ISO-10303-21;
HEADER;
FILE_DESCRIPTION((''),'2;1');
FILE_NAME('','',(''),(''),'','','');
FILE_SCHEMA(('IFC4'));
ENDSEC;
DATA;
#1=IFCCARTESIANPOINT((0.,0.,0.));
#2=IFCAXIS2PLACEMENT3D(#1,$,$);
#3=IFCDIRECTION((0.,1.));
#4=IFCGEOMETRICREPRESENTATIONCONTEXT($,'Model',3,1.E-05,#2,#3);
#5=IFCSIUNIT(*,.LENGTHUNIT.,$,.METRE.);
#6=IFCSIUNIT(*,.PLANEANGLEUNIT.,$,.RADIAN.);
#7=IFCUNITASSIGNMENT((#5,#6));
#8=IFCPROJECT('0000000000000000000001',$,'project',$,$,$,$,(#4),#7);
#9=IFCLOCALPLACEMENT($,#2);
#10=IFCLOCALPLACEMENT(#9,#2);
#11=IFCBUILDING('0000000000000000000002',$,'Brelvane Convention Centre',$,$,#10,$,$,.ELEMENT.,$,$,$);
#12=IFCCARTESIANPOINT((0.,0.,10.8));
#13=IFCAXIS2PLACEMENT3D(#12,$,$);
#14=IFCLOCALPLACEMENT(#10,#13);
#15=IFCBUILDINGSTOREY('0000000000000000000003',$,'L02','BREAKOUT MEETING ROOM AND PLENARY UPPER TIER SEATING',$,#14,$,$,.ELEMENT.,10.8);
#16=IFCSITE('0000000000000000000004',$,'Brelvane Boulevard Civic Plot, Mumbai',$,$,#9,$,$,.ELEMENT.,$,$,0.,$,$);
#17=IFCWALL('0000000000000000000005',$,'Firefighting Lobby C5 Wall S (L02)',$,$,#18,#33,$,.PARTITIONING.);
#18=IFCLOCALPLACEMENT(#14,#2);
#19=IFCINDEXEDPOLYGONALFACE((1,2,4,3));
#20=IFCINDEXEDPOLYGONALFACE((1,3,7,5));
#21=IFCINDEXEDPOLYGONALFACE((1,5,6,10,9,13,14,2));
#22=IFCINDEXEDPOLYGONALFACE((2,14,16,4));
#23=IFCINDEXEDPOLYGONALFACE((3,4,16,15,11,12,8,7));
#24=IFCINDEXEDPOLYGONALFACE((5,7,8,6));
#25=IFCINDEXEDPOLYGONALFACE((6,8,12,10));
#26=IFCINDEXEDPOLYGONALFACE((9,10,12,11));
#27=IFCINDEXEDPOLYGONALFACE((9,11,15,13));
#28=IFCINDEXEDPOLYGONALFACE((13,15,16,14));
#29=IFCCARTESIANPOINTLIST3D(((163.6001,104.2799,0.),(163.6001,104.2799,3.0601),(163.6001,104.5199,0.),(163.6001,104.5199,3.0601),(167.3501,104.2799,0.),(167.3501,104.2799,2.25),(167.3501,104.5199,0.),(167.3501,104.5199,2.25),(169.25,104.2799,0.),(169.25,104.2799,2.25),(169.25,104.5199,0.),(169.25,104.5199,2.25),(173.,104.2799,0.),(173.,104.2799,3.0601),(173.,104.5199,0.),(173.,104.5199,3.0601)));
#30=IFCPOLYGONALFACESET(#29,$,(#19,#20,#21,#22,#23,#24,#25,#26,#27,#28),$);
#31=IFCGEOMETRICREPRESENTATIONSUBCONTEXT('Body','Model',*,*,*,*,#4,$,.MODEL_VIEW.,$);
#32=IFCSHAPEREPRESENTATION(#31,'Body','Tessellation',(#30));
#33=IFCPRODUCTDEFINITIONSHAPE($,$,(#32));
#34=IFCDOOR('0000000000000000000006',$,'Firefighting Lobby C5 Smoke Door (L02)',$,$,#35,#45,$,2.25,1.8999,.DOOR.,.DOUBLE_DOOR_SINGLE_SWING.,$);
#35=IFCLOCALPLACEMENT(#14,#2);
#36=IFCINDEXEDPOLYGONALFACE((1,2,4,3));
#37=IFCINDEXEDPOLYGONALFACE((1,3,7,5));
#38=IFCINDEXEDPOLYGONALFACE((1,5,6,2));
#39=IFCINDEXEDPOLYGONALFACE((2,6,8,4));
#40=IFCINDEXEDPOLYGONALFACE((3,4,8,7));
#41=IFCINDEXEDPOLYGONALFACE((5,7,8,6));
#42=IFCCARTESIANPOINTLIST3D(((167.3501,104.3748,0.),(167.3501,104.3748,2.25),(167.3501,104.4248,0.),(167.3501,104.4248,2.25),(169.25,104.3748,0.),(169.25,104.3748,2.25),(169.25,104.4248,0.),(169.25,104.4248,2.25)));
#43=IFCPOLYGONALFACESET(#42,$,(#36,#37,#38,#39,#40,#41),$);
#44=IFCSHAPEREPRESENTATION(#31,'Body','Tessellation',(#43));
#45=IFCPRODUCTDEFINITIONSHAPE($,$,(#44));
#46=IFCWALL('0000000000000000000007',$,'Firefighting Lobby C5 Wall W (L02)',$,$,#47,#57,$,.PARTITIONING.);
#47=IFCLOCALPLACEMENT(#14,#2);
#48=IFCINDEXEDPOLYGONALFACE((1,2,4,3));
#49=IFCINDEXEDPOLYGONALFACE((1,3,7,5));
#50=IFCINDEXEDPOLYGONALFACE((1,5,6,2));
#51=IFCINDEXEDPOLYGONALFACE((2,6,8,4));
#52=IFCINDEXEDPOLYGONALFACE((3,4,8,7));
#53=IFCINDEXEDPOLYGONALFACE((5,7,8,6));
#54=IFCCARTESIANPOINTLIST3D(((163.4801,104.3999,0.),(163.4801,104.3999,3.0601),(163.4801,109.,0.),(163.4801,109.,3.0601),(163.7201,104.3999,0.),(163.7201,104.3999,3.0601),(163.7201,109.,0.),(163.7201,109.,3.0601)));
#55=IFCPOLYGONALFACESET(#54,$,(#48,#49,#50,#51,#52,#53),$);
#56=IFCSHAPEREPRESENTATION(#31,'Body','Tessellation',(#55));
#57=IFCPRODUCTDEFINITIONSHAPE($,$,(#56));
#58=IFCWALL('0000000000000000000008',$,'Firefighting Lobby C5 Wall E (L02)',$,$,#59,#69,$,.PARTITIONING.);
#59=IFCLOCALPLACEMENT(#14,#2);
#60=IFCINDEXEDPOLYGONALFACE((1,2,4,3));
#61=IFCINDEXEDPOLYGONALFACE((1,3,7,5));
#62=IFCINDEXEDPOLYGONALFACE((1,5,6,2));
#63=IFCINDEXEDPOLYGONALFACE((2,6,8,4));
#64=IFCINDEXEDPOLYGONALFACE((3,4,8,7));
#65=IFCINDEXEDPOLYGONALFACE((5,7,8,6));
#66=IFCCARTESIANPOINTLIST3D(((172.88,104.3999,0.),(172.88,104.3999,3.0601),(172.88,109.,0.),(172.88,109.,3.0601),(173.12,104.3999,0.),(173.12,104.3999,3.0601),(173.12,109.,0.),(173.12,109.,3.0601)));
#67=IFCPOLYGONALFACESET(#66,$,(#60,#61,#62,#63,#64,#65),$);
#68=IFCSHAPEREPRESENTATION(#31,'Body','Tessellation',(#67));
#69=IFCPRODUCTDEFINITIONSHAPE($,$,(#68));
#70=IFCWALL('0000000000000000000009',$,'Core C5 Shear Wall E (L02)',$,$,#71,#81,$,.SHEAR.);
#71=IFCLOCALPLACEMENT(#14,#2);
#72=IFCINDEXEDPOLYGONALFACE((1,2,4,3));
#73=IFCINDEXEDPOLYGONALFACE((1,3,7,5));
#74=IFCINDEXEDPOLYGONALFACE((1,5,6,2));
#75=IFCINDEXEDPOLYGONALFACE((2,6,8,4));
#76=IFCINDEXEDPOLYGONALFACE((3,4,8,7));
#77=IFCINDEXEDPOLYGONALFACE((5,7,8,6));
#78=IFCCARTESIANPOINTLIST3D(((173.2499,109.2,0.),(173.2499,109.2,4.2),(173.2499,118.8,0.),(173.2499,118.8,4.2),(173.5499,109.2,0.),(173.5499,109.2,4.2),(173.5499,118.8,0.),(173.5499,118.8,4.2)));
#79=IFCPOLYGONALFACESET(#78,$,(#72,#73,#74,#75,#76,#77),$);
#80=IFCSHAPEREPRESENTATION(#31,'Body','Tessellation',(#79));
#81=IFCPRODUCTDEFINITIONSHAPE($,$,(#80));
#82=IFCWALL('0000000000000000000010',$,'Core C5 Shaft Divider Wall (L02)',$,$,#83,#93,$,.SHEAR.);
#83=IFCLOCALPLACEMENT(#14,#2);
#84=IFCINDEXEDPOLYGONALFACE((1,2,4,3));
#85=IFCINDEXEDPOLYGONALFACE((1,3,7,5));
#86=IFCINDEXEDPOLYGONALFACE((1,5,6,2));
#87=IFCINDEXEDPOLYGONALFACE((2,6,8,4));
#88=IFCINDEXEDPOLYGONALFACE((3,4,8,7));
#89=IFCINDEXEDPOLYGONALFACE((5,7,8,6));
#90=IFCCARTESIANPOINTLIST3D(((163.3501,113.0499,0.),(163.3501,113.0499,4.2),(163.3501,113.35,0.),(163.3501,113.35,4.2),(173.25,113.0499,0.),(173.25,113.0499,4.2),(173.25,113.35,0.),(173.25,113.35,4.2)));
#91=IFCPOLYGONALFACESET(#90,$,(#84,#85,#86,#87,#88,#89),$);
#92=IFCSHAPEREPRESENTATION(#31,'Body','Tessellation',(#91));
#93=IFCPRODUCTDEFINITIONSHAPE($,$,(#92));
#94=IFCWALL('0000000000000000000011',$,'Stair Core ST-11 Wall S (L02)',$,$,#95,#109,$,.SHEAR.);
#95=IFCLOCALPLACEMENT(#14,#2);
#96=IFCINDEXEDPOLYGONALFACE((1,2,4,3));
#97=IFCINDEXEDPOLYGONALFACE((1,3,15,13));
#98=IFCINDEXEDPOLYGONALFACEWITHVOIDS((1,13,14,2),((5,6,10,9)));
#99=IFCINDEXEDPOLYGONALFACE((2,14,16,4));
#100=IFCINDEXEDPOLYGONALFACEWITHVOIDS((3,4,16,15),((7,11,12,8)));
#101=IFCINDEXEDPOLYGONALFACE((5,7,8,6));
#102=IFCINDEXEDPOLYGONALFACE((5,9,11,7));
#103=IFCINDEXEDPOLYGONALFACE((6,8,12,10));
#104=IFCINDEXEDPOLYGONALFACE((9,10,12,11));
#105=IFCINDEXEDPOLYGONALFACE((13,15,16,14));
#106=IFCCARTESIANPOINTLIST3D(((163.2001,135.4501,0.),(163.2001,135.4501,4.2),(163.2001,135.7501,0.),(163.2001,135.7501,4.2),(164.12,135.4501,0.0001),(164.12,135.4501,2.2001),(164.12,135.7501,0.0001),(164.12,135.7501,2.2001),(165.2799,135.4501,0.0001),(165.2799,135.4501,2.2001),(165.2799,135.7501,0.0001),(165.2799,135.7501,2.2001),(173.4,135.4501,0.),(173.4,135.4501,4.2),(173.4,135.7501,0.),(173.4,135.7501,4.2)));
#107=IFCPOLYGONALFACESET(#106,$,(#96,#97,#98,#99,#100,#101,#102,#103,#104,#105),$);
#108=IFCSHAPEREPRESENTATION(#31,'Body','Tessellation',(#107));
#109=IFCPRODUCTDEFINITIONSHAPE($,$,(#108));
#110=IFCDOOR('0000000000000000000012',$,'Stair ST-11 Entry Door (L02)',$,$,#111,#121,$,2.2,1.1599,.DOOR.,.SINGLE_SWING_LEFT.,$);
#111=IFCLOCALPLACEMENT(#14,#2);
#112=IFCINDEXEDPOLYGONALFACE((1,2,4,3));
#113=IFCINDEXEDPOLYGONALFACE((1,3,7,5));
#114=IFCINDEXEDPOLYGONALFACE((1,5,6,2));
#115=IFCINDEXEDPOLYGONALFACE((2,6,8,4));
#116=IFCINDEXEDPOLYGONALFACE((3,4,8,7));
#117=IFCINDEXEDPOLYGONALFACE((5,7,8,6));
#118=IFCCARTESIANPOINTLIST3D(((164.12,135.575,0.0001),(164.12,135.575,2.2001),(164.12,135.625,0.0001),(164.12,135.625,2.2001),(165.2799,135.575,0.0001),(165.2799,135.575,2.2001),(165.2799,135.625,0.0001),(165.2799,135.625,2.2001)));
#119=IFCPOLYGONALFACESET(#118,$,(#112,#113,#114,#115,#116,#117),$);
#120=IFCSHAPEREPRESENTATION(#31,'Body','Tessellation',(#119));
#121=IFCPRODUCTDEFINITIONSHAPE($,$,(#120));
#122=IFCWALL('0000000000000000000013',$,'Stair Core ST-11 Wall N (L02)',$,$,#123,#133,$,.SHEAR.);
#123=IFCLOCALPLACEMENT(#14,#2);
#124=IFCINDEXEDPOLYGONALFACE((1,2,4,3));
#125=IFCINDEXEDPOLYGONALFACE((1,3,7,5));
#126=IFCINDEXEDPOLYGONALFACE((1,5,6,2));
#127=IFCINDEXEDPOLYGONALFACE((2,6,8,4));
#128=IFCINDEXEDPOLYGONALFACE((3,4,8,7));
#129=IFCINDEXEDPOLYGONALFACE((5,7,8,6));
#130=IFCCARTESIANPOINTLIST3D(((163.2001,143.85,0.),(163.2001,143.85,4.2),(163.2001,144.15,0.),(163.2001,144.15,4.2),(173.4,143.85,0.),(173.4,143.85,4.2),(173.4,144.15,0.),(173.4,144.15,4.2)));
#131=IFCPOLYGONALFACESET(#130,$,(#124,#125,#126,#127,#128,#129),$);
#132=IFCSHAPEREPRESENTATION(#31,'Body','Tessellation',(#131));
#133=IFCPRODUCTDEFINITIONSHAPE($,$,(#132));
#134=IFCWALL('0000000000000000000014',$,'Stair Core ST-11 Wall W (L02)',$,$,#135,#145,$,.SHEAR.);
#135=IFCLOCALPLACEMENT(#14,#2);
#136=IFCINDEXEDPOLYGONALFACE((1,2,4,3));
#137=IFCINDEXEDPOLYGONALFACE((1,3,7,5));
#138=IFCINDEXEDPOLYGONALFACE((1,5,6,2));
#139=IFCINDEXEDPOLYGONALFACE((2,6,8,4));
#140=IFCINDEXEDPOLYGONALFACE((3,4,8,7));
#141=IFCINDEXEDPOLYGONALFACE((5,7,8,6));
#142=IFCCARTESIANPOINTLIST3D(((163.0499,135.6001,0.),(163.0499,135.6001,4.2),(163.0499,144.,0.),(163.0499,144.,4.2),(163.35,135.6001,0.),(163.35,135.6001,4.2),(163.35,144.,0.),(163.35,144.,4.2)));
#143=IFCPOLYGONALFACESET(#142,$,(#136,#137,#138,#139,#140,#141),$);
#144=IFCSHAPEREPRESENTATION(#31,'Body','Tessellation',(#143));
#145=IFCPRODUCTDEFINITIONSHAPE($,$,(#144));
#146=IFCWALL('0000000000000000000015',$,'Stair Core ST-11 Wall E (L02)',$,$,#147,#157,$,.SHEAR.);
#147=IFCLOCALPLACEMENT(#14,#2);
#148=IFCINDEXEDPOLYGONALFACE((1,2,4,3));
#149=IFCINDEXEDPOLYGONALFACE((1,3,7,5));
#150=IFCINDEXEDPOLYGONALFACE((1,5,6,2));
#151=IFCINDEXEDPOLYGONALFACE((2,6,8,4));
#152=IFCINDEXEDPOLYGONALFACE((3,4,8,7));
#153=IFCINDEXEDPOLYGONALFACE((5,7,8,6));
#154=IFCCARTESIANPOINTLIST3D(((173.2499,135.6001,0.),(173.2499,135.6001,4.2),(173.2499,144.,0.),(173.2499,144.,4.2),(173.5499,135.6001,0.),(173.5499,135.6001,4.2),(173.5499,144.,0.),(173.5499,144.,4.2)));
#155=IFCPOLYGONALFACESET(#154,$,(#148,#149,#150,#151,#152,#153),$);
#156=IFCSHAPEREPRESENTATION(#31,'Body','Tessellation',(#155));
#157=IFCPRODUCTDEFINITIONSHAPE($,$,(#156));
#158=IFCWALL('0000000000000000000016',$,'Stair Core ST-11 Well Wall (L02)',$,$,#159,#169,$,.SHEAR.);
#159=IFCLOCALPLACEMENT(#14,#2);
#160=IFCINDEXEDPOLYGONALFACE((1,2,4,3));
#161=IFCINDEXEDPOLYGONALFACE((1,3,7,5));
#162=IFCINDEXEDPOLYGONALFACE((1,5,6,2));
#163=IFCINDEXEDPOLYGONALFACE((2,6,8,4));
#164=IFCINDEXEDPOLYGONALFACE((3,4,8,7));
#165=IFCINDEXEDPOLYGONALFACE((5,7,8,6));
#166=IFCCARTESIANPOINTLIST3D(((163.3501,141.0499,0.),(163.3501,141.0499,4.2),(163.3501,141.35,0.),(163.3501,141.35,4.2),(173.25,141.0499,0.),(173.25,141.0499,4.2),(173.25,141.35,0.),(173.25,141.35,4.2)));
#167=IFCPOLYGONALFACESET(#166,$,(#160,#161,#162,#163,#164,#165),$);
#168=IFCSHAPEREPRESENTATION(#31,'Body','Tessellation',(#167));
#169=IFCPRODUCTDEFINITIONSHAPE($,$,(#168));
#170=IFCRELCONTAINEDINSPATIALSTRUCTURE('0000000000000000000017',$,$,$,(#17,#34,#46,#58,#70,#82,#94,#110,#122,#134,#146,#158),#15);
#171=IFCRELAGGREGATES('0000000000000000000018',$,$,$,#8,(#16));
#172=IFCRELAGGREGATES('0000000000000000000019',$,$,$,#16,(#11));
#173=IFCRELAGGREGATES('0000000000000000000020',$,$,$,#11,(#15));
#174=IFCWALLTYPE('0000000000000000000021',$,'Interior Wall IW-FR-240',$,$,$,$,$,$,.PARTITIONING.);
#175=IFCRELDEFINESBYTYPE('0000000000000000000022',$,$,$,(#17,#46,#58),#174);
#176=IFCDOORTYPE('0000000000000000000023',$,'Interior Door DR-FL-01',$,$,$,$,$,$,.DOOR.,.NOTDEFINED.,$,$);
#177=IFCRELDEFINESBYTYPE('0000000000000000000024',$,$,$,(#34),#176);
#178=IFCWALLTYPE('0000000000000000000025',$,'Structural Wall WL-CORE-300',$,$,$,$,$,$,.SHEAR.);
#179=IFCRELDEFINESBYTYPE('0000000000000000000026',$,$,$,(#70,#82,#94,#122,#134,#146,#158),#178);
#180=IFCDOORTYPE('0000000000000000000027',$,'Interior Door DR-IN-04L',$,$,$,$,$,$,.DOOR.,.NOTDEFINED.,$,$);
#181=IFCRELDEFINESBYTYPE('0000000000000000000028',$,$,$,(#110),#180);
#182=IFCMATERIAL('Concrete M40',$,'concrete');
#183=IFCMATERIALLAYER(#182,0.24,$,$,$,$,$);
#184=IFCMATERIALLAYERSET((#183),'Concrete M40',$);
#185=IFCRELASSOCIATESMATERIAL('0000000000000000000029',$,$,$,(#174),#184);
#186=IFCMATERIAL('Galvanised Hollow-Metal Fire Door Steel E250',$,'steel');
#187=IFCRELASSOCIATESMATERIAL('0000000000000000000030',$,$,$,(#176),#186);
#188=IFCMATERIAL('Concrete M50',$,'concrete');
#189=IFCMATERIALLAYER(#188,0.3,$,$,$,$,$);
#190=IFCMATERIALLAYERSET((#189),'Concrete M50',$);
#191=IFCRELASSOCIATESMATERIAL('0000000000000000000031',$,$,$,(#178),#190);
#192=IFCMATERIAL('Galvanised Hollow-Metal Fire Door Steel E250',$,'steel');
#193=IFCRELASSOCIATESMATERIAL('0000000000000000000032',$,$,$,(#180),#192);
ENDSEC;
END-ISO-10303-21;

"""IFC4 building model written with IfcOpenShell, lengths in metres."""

from ifc_helpers import new_model, si_unit, direction, frame, frame_2d, origin, place, context, subcontext, project, spatial, rectangle, extrude, material, layer, layer_set, type_object, element, fill, save


model = new_model("IFC4")

# Units and contexts
model_context = context("Model", 3, precision=1e-05, world=origin(), true_north=direction((0.0, 1.0)))
body_context = subcontext(model_context, "Body", "Model", "MODEL_VIEW")
ifc_project = project(units=[si_unit("LENGTHUNIT", "METRE"), si_unit("PLANEANGLEUNIT", "RADIAN")], contexts=[model_context])

# Site, building, storey
site_placement = place(None, origin())
site = spatial("IfcSite", under=ifc_project, at=site_placement, Name="Brelvane Boulevard Civic Plot, Mumbai", CompositionType="ELEMENT", RefElevation=0.0)
building_placement = place(site_placement, origin())
building = spatial("IfcBuilding", under=site, at=building_placement, Name="Brelvane Convention Centre", CompositionType="ELEMENT")
storey_placement = place(building_placement, frame((0.0, 0.0, 10.8)))
storey = spatial("IfcBuildingStorey", under=building, at=storey_placement, Name="L02", Description="BREAKOUT MEETING ROOM AND PLENARY UPPER TIER SEATING", CompositionType="ELEMENT", Elevation=10.8)

# Wall, opening, door
ifc_material_1 = material(Name="Concrete M40", Category="concrete")
ifc_layer_1 = layer(ifc_material_1, 0.24)
ifc_layer_set_1 = layer_set([ifc_layer_1], Name="Concrete M40")
wall_type_1 = type_object("IfcWallType", Name="Interior Wall IW-FR-240", PredefinedType="PARTITIONING", material=ifc_layer_set_1)
wall_1_placement = place(storey_placement, frame((163.6001, 104.3999, 0.0), z_axis=(0.0, 0.0, 1.0), x_axis=(1.0, 0.0, 0.0)))
wall_1 = element("IfcWall", 1, at=wall_1_placement, inside=storey, type_object=wall_type_1, Name="Firefighting Lobby C5 Wall S (L02)", PredefinedType="PARTITIONING", context=body_context, shape_type="SweptSolid", body=[
    extrude(rectangle(XDim=9.3999, YDim=0.24, at=frame_2d((4.7, 0.0))), origin(), (0.0, 0.0, 1.0), 3.0601),
])
opening_1_placement = place(wall_1_placement, frame((3.75, 0.0, 0.0)))
opening_1 = element("IfcOpeningElement", 2, at=opening_1_placement, cuts=wall_1, PredefinedType="OPENING", context=body_context, shape_type="SweptSolid", body=[
    extrude(rectangle(XDim=1.8999, YDim=2.25, at=frame_2d((0.95, 1.125))), frame((0.0, 0.1299, 0.0), z_axis=(0.0, -1.0, 0.0), x_axis=(1.0, 0.0, 0.0)), (0.0, 0.0, 1.0), 0.26),
])
ifc_material_2 = material(Name="Galvanised Hollow-Metal Fire Door Steel E250", Category="steel")
door_type_1 = type_object("IfcDoorType", Name="Interior Door DR-FL-01", OperationType="NOTDEFINED", PredefinedType="DOOR", material=ifc_material_2)
door_1_placement = place(opening_1_placement, origin())
door_1 = element("IfcDoor", 3, at=door_1_placement, inside=storey, type_object=door_type_1, Name="Firefighting Lobby C5 Smoke Door (L02)", OperationType="DOUBLE_DOOR_SINGLE_SWING", OverallHeight=2.25, OverallWidth=1.8999, PredefinedType="DOOR", context=body_context, shape_type="SweptSolid", body=[
    extrude(rectangle(XDim=1.8999, YDim=2.25, at=frame_2d((0.95, 1.125))), frame((0.0, 0.0249, 0.0), z_axis=(0.0, -1.0, 0.0), x_axis=(1.0, 0.0, 0.0)), (0.0, 0.0, 1.0), 0.05),
])
fill(opening_1, door_1)

# Walls
for number, where, z_axis, x_axis, name in (
    (4, (163.6001, 104.3999, 0.0), (0.0, 0.0, 1.0), (0.0, 1.0, 0.0), "Firefighting Lobby C5 Wall W (L02)"),
    (5, (173.0, 104.3999, 0.0), (0.0, 0.0, 1.0), (0.0, 1.0, 0.0), "Firefighting Lobby C5 Wall E (L02)"),
):
    element("IfcWall", number, at=place(storey_placement, frame(where, z_axis=z_axis, x_axis=x_axis)), inside=storey, type_object=wall_type_1, Name=name, PredefinedType="PARTITIONING", context=body_context, shape_type="SweptSolid", body=[
        extrude(rectangle(XDim=4.6001, YDim=0.24, at=frame_2d((2.3, 0.0))), origin(), (0.0, 0.0, 1.0), 3.0601),
    ])
ifc_material_3 = material(Name="Concrete M50", Category="concrete")
ifc_layer_2 = layer(ifc_material_3, 0.3)
ifc_layer_set_2 = layer_set([ifc_layer_2], Name="Concrete M50")
wall_type_2 = type_object("IfcWallType", Name="Structural Wall WL-CORE-300", PredefinedType="SHEAR", material=ifc_layer_set_2)
wall_2_placement = place(storey_placement, frame((173.3999, 109.2, 0.0), z_axis=(0.0, 0.0, 1.0), x_axis=(0.0, 1.0, 0.0)))
element("IfcWall", 6, at=wall_2_placement, inside=storey, type_object=wall_type_2, Name="Core C5 Shear Wall E (L02)", PredefinedType="SHEAR", context=body_context, shape_type="SweptSolid", body=[
    extrude(rectangle(XDim=9.6001, YDim=0.3, at=frame_2d((4.8, 0.0))), origin(), (0.0, 0.0, 1.0), 4.2),
])
wall_3_placement = place(storey_placement, frame((163.3501, 113.2, 0.0), z_axis=(0.0, 0.0, 1.0), x_axis=(1.0, 0.0, 0.0)))
element("IfcWall", 7, at=wall_3_placement, inside=storey, type_object=wall_type_2, Name="Core C5 Shaft Divider Wall (L02)", PredefinedType="SHEAR", context=body_context, shape_type="SweptSolid", body=[
    extrude(rectangle(XDim=9.8999, YDim=0.3, at=frame_2d((4.95, 0.0))), origin(), (0.0, 0.0, 1.0), 4.2),
])

# Wall, opening, door
wall_4_placement = place(storey_placement, frame((163.2, 135.6001, 0.0), z_axis=(0.0, 0.0, 1.0), x_axis=(1.0, 0.0, 0.0)))
wall_4 = element("IfcWall", 8, at=wall_4_placement, inside=storey, type_object=wall_type_2, Name="Stair Core ST-11 Wall S (L02)", PredefinedType="SHEAR", context=body_context, shape_type="SweptSolid", body=[
    extrude(rectangle(XDim=10.2, YDim=0.3, at=frame_2d((5.1001, 0.0))), origin(), (0.0, 0.0, 1.0), 4.2),
])
opening_2_placement = place(wall_4_placement, frame((0.9199, 0.0, 0.0)))
opening_2 = element("IfcOpeningElement", 9, at=opening_2_placement, cuts=wall_4, PredefinedType="OPENING", context=body_context, shape_type="SweptSolid", body=[
    extrude(rectangle(XDim=1.1599, YDim=2.2, at=frame_2d((0.5801, 1.1001))), frame((0.0, 0.1599, 0.0), z_axis=(0.0, -1.0, 0.0), x_axis=(1.0, 0.0, 0.0)), (0.0, 0.0, 1.0), 0.3201),
])
ifc_material_4 = material(Name="Galvanised Hollow-Metal Fire Door Steel E250", Category="steel")
door_type_2 = type_object("IfcDoorType", Name="Interior Door DR-IN-04L", OperationType="NOTDEFINED", PredefinedType="DOOR", material=ifc_material_4)
door_2_placement = place(opening_2_placement, origin())
door_2 = element("IfcDoor", 10, at=door_2_placement, inside=storey, type_object=door_type_2, Name="Stair ST-11 Entry Door (L02)", OperationType="SINGLE_SWING_LEFT", OverallHeight=2.2, OverallWidth=1.1599, PredefinedType="DOOR", context=body_context, shape_type="SweptSolid", body=[
    extrude(rectangle(XDim=1.1599, YDim=2.2, at=frame_2d((0.5801, 1.1001))), frame((0.0, 0.0249, 0.0), z_axis=(0.0, -1.0, 0.0), x_axis=(1.0, 0.0, 0.0)), (0.0, 0.0, 1.0), 0.05),
])
fill(opening_2, door_2)

# Walls
wall_5_placement = place(storey_placement, frame((163.2, 144.0, 0.0), z_axis=(0.0, 0.0, 1.0), x_axis=(1.0, 0.0, 0.0)))
element("IfcWall", 11, at=wall_5_placement, inside=storey, type_object=wall_type_2, Name="Stair Core ST-11 Wall N (L02)", PredefinedType="SHEAR", context=body_context, shape_type="SweptSolid", body=[
    extrude(rectangle(XDim=10.2, YDim=0.3, at=frame_2d((5.1001, 0.0))), origin(), (0.0, 0.0, 1.0), 4.2),
])
for number, where, z_axis, x_axis, name in (
    (12, (163.2, 135.6001, 0.0), (0.0, 0.0, 1.0), (0.0, 1.0, 0.0), "Stair Core ST-11 Wall W (L02)"),
    (13, (173.3999, 135.6001, 0.0), (0.0, 0.0, 1.0), (0.0, 1.0, 0.0), "Stair Core ST-11 Wall E (L02)"),
):
    element("IfcWall", number, at=place(storey_placement, frame(where, z_axis=z_axis, x_axis=x_axis)), inside=storey, type_object=wall_type_2, Name=name, PredefinedType="SHEAR", context=body_context, shape_type="SweptSolid", body=[
        extrude(rectangle(XDim=8.3999, YDim=0.3, at=frame_2d((4.2, 0.0))), origin(), (0.0, 0.0, 1.0), 4.2),
    ])
wall_6_placement = place(storey_placement, frame((163.3501, 141.2, 0.0), z_axis=(0.0, 0.0, 1.0), x_axis=(1.0, 0.0, 0.0)))
element("IfcWall", 14, at=wall_6_placement, inside=storey, type_object=wall_type_2, Name="Stair Core ST-11 Well Wall (L02)", PredefinedType="SHEAR", context=body_context, shape_type="SweptSolid", body=[
    extrude(rectangle(XDim=9.8999, YDim=0.3, at=frame_2d((4.95, 0.0))), origin(), (0.0, 0.0, 1.0), 4.2),
])

save(model, "model.ifc")
